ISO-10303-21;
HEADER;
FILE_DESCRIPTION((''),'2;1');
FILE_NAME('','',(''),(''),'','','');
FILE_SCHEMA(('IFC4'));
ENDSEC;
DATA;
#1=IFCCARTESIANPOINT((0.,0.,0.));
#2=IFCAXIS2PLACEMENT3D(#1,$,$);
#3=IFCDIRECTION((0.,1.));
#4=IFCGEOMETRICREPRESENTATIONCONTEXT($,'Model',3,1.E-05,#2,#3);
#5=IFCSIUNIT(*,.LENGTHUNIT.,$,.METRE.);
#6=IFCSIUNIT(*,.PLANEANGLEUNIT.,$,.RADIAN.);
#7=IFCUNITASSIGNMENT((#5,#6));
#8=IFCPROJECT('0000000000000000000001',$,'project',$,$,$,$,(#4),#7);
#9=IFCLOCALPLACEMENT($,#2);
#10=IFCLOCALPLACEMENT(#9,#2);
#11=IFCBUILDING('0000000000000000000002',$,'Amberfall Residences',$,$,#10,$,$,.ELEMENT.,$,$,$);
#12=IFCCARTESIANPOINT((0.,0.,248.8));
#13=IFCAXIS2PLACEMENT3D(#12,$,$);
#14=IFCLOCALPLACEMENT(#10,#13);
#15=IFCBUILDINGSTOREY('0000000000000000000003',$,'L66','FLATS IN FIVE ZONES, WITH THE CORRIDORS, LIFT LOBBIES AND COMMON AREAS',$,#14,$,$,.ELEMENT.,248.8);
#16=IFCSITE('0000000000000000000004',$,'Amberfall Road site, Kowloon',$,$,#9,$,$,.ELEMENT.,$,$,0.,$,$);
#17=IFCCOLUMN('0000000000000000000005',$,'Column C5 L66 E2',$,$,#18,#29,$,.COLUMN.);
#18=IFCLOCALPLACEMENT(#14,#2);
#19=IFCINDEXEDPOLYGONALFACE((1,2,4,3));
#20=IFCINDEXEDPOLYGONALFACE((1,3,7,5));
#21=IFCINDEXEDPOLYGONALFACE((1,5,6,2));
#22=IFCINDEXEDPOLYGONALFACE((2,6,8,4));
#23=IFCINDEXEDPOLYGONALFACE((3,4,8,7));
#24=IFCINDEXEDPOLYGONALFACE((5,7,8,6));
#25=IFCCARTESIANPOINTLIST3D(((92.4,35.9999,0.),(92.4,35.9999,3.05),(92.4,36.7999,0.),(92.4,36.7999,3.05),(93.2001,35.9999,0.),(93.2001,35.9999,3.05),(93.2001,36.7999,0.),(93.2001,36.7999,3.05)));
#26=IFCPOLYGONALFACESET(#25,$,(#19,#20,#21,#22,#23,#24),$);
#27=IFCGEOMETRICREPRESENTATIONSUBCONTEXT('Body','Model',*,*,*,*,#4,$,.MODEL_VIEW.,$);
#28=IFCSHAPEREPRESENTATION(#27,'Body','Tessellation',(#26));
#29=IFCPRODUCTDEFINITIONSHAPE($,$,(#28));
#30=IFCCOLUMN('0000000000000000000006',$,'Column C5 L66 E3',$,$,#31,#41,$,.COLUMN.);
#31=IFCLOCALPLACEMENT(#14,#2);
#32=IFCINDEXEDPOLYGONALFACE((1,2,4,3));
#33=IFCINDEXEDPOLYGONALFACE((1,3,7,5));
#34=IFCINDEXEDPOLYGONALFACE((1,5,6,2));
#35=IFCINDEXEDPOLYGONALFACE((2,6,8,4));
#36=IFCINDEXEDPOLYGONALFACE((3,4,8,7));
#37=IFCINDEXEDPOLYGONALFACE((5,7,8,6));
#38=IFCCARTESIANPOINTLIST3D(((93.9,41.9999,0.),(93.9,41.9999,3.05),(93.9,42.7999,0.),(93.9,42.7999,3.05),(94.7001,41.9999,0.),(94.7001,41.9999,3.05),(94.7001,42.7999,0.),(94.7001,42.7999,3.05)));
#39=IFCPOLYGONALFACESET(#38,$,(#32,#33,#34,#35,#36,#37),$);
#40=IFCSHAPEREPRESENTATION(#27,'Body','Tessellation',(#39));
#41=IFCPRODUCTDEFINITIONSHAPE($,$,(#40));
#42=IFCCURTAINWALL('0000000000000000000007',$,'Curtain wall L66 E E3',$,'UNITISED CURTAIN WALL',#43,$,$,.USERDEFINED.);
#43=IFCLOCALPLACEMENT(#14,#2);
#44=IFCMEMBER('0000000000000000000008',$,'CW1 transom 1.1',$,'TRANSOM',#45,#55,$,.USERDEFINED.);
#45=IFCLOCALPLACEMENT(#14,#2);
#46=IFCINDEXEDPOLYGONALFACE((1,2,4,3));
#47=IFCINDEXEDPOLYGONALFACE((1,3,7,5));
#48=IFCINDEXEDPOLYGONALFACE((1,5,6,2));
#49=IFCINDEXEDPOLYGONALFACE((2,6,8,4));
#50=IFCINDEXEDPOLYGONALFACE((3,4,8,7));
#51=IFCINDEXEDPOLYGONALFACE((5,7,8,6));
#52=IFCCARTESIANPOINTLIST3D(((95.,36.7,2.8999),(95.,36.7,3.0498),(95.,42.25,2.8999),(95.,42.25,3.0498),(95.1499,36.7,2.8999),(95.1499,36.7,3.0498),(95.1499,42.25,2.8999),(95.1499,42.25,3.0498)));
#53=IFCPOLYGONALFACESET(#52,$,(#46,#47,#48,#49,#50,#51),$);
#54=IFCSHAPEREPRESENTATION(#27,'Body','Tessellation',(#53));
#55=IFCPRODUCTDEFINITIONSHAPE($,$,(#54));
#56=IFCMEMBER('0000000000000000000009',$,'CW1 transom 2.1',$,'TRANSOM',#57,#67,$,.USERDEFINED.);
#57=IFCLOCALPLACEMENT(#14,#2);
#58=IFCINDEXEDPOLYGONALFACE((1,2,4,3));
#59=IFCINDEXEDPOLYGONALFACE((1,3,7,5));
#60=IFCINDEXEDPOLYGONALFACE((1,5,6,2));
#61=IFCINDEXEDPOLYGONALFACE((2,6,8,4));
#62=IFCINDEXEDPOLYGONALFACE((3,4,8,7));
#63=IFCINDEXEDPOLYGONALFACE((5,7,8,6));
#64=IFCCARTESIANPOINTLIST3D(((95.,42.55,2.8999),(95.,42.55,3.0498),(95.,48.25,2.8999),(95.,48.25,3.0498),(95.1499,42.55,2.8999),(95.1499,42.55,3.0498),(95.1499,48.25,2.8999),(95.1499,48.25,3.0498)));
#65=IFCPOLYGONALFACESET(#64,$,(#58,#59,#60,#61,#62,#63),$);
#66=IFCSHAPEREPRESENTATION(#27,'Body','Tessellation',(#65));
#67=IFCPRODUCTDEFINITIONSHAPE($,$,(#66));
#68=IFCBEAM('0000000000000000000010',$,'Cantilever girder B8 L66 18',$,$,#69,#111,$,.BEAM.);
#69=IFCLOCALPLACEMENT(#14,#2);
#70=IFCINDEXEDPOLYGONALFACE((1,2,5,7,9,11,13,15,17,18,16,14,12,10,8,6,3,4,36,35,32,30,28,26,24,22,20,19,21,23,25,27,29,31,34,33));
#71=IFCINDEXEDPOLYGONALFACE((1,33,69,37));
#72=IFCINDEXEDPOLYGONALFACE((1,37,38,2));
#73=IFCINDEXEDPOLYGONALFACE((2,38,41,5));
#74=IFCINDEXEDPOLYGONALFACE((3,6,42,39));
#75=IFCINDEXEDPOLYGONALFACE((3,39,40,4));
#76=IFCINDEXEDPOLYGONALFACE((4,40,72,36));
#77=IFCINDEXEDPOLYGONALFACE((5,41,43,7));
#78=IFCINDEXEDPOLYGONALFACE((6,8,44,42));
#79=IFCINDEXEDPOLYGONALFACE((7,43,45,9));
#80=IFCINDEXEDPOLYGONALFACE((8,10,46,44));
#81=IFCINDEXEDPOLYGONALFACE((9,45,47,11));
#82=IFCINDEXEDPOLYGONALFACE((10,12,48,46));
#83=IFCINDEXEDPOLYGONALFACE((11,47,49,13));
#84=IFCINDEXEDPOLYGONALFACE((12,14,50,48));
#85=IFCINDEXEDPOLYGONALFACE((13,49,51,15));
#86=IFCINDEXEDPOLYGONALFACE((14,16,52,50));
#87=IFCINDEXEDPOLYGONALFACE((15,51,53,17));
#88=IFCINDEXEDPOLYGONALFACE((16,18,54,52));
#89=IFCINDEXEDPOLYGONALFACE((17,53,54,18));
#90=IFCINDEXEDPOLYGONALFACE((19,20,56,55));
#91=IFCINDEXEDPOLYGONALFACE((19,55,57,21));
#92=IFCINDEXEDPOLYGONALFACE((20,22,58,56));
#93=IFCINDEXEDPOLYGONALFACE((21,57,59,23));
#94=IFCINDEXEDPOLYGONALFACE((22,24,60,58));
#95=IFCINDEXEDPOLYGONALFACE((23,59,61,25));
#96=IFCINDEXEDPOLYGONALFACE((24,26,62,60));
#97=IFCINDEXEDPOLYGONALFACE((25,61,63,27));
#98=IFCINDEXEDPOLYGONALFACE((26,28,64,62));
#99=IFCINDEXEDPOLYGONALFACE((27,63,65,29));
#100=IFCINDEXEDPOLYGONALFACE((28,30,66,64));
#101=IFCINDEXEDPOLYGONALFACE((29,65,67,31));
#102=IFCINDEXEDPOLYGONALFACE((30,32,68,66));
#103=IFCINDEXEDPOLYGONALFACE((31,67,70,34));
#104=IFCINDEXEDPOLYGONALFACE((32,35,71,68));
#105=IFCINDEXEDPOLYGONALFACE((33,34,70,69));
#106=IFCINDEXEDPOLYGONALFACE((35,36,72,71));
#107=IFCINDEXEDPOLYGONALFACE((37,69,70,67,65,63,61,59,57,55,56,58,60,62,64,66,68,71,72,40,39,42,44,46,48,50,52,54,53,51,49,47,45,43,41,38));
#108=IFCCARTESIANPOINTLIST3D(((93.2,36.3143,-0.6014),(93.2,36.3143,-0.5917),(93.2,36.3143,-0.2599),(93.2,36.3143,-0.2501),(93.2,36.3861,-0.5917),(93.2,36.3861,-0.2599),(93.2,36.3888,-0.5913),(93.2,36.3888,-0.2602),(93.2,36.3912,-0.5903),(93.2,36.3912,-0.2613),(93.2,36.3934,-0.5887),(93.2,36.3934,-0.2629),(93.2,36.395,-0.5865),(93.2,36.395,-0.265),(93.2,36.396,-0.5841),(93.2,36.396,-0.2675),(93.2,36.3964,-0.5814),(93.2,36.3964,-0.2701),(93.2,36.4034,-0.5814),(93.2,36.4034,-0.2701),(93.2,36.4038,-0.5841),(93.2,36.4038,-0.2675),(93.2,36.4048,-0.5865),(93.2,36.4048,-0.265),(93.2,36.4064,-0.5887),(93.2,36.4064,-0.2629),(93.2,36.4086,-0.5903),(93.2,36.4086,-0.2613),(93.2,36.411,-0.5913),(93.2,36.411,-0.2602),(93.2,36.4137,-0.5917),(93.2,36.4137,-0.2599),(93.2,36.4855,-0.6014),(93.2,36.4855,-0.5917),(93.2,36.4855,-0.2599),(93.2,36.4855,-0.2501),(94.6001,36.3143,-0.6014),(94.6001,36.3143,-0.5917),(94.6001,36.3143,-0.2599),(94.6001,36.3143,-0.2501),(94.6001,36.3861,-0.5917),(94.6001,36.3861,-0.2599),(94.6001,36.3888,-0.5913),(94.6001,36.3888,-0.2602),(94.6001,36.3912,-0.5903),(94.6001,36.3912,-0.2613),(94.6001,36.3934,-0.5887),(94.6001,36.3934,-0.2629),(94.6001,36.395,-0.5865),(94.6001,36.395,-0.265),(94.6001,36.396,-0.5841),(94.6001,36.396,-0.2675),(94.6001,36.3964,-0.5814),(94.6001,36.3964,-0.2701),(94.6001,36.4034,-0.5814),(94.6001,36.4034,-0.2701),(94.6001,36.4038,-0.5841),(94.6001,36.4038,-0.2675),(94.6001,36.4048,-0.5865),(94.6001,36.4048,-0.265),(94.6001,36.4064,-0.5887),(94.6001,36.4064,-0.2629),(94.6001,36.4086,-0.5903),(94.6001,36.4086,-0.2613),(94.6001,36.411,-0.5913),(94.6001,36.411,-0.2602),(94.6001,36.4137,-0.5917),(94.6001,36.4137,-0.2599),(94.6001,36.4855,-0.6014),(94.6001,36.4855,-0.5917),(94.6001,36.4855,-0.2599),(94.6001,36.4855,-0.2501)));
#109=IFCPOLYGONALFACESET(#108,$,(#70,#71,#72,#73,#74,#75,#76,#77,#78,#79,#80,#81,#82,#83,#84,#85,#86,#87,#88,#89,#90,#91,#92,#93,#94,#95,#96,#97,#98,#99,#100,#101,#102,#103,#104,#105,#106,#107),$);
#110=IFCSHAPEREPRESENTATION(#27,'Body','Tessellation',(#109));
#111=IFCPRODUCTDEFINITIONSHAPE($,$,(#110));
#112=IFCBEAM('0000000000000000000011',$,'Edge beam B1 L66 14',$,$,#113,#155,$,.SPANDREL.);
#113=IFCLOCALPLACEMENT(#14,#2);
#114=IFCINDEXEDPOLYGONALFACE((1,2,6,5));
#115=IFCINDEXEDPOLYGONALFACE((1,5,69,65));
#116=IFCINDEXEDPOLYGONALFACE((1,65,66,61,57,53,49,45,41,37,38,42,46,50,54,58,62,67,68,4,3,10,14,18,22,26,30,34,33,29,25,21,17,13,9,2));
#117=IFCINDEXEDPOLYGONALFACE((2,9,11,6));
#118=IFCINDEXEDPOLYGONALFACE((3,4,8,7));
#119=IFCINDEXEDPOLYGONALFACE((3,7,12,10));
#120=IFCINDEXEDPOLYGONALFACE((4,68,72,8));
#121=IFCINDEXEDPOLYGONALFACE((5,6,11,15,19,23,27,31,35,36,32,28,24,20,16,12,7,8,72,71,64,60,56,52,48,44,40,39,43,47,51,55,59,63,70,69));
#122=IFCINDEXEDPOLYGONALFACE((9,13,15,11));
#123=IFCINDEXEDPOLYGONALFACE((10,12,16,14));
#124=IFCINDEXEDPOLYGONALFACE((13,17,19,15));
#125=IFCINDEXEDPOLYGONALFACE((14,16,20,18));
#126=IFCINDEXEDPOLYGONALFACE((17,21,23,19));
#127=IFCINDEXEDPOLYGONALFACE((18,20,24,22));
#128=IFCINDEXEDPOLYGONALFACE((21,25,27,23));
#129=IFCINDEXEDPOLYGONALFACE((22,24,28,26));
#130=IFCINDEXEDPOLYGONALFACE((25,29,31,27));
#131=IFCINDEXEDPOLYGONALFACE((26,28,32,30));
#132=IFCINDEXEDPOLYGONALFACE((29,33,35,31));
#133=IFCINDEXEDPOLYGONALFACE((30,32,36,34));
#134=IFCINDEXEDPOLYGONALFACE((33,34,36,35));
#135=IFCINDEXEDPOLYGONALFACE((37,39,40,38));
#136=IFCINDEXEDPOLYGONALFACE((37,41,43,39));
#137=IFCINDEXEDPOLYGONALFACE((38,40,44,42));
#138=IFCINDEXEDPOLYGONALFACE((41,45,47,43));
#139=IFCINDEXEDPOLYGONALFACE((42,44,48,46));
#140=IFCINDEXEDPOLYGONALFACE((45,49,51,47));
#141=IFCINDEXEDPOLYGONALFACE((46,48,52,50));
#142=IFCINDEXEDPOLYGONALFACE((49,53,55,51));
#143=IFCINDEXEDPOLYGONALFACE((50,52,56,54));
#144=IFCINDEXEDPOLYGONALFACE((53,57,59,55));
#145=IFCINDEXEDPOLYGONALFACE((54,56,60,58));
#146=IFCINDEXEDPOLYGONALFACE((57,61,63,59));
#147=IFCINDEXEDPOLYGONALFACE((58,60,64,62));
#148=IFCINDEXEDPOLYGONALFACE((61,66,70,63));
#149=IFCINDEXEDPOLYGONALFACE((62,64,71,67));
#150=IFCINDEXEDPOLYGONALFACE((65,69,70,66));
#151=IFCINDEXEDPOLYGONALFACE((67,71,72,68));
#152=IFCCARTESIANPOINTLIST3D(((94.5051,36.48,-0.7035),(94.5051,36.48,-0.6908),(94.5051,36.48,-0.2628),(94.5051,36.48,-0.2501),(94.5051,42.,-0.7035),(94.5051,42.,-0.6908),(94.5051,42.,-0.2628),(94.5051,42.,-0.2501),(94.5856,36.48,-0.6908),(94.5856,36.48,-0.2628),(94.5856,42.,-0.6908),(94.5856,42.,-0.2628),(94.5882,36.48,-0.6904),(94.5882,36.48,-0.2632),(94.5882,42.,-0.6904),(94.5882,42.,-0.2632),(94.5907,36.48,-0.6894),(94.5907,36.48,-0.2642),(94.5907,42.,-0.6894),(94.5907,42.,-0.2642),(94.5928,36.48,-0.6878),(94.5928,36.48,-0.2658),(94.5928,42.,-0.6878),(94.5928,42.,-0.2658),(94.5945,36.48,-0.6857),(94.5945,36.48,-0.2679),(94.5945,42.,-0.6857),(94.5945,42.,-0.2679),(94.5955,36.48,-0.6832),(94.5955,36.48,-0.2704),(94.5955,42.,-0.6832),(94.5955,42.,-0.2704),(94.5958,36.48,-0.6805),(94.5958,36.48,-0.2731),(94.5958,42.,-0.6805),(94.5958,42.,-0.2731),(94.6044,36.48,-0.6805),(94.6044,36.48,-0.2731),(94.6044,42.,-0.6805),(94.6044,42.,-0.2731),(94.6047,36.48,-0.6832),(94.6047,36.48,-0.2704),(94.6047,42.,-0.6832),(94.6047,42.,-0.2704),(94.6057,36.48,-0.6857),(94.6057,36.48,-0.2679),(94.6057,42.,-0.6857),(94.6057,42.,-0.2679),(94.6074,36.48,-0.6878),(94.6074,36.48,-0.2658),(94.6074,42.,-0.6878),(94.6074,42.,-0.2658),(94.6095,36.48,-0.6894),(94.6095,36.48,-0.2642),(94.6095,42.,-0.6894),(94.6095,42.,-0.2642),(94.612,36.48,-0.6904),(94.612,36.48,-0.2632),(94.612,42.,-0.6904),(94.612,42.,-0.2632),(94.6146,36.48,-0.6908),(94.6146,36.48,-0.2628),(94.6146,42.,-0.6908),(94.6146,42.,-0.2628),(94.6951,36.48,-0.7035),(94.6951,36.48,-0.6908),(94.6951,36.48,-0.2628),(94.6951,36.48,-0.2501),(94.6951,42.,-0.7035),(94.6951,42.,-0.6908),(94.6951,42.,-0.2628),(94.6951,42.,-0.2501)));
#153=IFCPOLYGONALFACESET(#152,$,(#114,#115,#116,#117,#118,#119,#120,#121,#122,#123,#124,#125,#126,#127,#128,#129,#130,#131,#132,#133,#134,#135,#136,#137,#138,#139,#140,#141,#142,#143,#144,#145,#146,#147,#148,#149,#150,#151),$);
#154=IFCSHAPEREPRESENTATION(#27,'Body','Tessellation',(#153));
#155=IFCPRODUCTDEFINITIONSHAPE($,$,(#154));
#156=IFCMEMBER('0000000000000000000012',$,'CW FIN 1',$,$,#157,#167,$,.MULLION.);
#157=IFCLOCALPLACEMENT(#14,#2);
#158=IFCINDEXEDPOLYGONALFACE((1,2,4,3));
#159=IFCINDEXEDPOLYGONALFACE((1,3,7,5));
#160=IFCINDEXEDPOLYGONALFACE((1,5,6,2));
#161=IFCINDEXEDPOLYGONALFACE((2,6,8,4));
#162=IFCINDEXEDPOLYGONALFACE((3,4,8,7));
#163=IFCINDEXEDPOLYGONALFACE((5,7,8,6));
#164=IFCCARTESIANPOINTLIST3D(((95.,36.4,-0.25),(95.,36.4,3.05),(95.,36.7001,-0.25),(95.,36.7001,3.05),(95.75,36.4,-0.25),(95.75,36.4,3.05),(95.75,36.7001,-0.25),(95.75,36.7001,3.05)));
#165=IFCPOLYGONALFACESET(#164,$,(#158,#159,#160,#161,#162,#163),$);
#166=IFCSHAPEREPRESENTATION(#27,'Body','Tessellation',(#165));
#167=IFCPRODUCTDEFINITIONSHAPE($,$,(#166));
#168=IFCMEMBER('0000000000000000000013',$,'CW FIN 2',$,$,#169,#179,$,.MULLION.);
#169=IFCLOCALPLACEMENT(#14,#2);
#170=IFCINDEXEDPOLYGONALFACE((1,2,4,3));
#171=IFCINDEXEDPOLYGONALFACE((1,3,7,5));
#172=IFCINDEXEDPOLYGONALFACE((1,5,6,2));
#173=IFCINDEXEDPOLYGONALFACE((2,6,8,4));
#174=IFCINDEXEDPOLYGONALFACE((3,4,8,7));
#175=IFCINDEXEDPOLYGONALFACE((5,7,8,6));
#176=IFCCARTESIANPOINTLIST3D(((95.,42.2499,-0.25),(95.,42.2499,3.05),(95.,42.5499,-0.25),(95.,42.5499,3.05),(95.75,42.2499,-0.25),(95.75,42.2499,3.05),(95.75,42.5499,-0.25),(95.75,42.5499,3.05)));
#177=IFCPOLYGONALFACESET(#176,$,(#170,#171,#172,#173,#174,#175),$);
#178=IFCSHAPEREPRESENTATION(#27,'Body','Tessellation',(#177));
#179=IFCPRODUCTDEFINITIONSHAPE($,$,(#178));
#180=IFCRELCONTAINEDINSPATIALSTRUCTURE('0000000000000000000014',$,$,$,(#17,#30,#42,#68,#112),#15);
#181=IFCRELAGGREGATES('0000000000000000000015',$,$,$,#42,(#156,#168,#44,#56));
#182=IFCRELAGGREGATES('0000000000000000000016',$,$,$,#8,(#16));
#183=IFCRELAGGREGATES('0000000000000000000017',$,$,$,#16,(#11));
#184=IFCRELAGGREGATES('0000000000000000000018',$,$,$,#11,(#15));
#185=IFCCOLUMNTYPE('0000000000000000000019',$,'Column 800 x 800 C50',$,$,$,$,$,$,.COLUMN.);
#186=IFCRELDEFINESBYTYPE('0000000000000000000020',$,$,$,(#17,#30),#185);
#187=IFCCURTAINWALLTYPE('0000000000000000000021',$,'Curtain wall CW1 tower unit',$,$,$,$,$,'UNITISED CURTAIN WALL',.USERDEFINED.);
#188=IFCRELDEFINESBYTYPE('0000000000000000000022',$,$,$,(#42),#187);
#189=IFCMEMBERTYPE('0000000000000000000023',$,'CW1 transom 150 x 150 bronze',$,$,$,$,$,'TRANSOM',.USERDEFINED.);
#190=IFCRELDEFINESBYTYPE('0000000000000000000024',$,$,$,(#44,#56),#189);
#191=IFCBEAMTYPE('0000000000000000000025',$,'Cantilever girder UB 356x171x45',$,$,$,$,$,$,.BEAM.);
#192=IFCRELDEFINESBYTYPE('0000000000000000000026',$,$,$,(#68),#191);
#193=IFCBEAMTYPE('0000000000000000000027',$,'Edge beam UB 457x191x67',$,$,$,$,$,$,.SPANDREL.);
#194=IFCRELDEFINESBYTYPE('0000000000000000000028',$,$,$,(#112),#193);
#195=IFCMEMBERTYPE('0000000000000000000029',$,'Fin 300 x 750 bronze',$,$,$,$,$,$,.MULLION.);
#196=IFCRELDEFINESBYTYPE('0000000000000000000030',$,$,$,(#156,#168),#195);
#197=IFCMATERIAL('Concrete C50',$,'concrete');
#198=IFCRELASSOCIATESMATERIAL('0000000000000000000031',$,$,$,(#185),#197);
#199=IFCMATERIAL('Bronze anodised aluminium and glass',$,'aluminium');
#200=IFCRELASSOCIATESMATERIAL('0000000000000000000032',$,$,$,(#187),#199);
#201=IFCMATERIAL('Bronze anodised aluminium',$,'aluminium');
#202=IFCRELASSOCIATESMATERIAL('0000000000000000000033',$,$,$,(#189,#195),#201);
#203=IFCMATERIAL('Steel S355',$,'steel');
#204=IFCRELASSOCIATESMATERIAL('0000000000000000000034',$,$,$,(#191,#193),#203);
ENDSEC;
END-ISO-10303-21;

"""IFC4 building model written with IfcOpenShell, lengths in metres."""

from ifc_helpers import new_model, si_unit, direction, frame, origin, origin_2d, place, context, subcontext, project, spatial, rectangle, i_section, extrude, material, material_profile, profile_set, type_object, element, aggregate, save


model = new_model("IFC4")

# Units and contexts
model_context = context("Model", 3, precision=1e-05, world=origin(), true_north=direction((0.0, 1.0)))
body_context = subcontext(model_context, "Body", "Model", "MODEL_VIEW")
ifc_project = project(units=[si_unit("LENGTHUNIT", "METRE"), si_unit("PLANEANGLEUNIT", "RADIAN")], contexts=[model_context])

# Site, building, storey
site_placement = place(None, origin())
site = spatial("IfcSite", under=ifc_project, at=site_placement, Name="Amberfall Road site, Kowloon", CompositionType="ELEMENT", RefElevation=0.0)
building_placement = place(site_placement, origin())
building = spatial("IfcBuilding", under=site, at=building_placement, Name="Amberfall Residences", CompositionType="ELEMENT")
storey_placement = place(building_placement, frame((0.0, 0.0, 248.8)))
storey = spatial("IfcBuildingStorey", under=building, at=storey_placement, Name="L66", Description="FLATS IN FIVE ZONES, WITH THE CORRIDORS, LIFT LOBBIES AND COMMON AREAS", CompositionType="ELEMENT", Elevation=248.8)

# Columns
ifc_material_1 = material(Name="Concrete C50", Category="concrete")
ifc_material_profile_1 = material_profile(ifc_material_1, rectangle(XDim=0.8, YDim=0.8, at=origin_2d()), Name="Column 800 x 800 C50")
ifc_profile_set_1 = profile_set([ifc_material_profile_1], Name="Concrete C50")
column_type = type_object("IfcColumnType", Name="Column 800 x 800 C50", PredefinedType="COLUMN", material=ifc_profile_set_1)
for number, where, z_axis, x_axis, name in (
    (1, (92.8, 36.3999, 0.0), (0.0, 0.0, 1.0), (1.0, 0.0, 0.0), "Column C5 L66 E2"),
    (2, (94.3, 42.3999, 0.0), (0.0, 0.0, 1.0), (1.0, 0.0, 0.0), "Column C5 L66 E3"),
):
    element("IfcColumn", number, at=place(storey_placement, frame(where, z_axis=z_axis, x_axis=x_axis)), inside=storey, type_object=column_type, Name=name, PredefinedType="COLUMN", context=body_context, shape_type="SweptSolid", body=[
        extrude(rectangle(XDim=0.8, YDim=0.8, at=origin_2d()), origin(), (0.0, 0.0, 1.0), 3.05),
    ])

# Curtain wall, members
ifc_material_2 = material(Name="Bronze anodised aluminium and glass", Category="aluminium")
curtain_wall_type = type_object("IfcCurtainWallType", Name="Curtain wall CW1 tower unit", ElementType="UNITISED CURTAIN WALL", PredefinedType="USERDEFINED", material=ifc_material_2)
curtain_wall_placement = place(storey_placement, origin())
curtain_wall = element("IfcCurtainWall", 3, at=curtain_wall_placement, inside=storey, type_object=curtain_wall_type, Name="Curtain wall L66 E E3", ObjectType="UNITISED CURTAIN WALL", PredefinedType="USERDEFINED")
ifc_material_3 = material(Name="Bronze anodised aluminium", Category="aluminium")
ifc_material_profile_2 = material_profile(ifc_material_3, rectangle(XDim=0.1499, YDim=0.1499, at=origin_2d()), Name="CW1 transom 150 x 150 bronze")
ifc_profile_set_2 = profile_set([ifc_material_profile_2], Name="Bronze anodised aluminium")
member_type_1 = type_object("IfcMemberType", Name="CW1 transom 150 x 150 bronze", ElementType="TRANSOM", PredefinedType="USERDEFINED", material=ifc_profile_set_2)
member_1_placement = place(storey_placement, frame((95.075, 36.7, 2.9749), z_axis=(0.0, 1.0, 0.0), x_axis=(-1.0, 0.0, 0.0)))
member_1 = element("IfcMember", 4, at=member_1_placement, type_object=member_type_1, Name="CW1 transom 1.1", ObjectType="TRANSOM", PredefinedType="USERDEFINED", context=body_context, shape_type="SweptSolid", body=[
    extrude(rectangle(XDim=0.1499, YDim=0.1499, at=origin_2d()), origin(), (0.0, 0.0, 1.0), 5.55),
])
member_2_placement = place(storey_placement, frame((95.075, 42.55, 2.9749), z_axis=(0.0, 1.0, 0.0), x_axis=(-1.0, 0.0, 0.0)))
member_2 = element("IfcMember", 5, at=member_2_placement, type_object=member_type_1, Name="CW1 transom 2.1", ObjectType="TRANSOM", PredefinedType="USERDEFINED", context=body_context, shape_type="SweptSolid", body=[
    extrude(rectangle(XDim=0.1499, YDim=0.1499, at=origin_2d()), origin(), (0.0, 0.0, 1.0), 5.7),
])

# Beams
ifc_material_4 = material(Name="Steel S355", Category="steel")
ifc_material_profile_3 = material_profile(ifc_material_4, i_section(OverallWidth=0.1711, OverallDepth=0.3513, WebThickness=0.0071, FlangeThickness=0.0098, FilletRadius=0.0103, at=origin_2d()), Name="UB 356x171x45")
ifc_profile_set_3 = profile_set([ifc_material_profile_3], Name="Steel S355")
beam_type_1 = type_object("IfcBeamType", Name="Cantilever girder UB 356x171x45", PredefinedType="BEAM", material=ifc_profile_set_3)
beam_1_placement = place(storey_placement, frame((93.2, 36.3999, -0.4258), z_axis=(1.0, 0.0, 0.0), x_axis=(0.0, 1.0, 0.0)))
element("IfcBeam", 6, at=beam_1_placement, inside=storey, type_object=beam_type_1, Name="Cantilever girder B8 L66 18", PredefinedType="BEAM", context=body_context, shape_type="SweptSolid", body=[
    extrude(i_section(OverallWidth=0.1711, OverallDepth=0.3513, WebThickness=0.0071, FlangeThickness=0.0098, FilletRadius=0.0103, at=origin_2d()), origin(), (0.0, 0.0, 1.0), 1.4001),
])
ifc_material_profile_4 = material_profile(ifc_material_4, i_section(OverallWidth=0.1899, OverallDepth=0.4534, WebThickness=0.0085, FlangeThickness=0.0127, FilletRadius=0.0103, at=origin_2d()), Name="UB 457x191x67")
ifc_profile_set_4 = profile_set([ifc_material_profile_4], Name="Steel S355")
beam_type_2 = type_object("IfcBeamType", Name="Edge beam UB 457x191x67", PredefinedType="SPANDREL", material=ifc_profile_set_4)
beam_2_placement = place(storey_placement, frame((94.6001, 36.48, -0.4768), z_axis=(0.0, 1.0, 0.0), x_axis=(-1.0, 0.0, 0.0)))
element("IfcBeam", 7, at=beam_2_placement, inside=storey, type_object=beam_type_2, Name="Edge beam B1 L66 14", PredefinedType="SPANDREL", context=body_context, shape_type="SweptSolid", body=[
    extrude(i_section(OverallWidth=0.1899, OverallDepth=0.4534, WebThickness=0.0085, FlangeThickness=0.0127, FilletRadius=0.0103, at=origin_2d()), origin(), (0.0, 0.0, 1.0), 5.52),
])

# Members
ifc_material_profile_5 = material_profile(ifc_material_3, rectangle(XDim=0.75, YDim=0.3, at=origin_2d()), Name="Fin 300 x 750 bronze")
ifc_profile_set_5 = profile_set([ifc_material_profile_5], Name="Bronze anodised aluminium")
member_type_2 = type_object("IfcMemberType", Name="Fin 300 x 750 bronze", PredefinedType="MULLION", material=ifc_profile_set_5)
member_3_placement = place(storey_placement, frame((95.375, 36.55, -0.25), z_axis=(0.0, 0.0, 1.0), x_axis=(-1.0, 0.0, 0.0)))
member_3 = element("IfcMember", 8, at=member_3_placement, type_object=member_type_2, Name="CW FIN 1", PredefinedType="MULLION", context=body_context, shape_type="SweptSolid", body=[
    extrude(rectangle(XDim=0.75, YDim=0.3, at=origin_2d()), origin(), (0.0, 0.0, 1.0), 3.3),
])
member_4_placement = place(storey_placement, frame((95.375, 42.3999, -0.25), z_axis=(0.0, 0.0, 1.0), x_axis=(-1.0, 0.0, 0.0)))
member_4 = element("IfcMember", 9, at=member_4_placement, type_object=member_type_2, Name="CW FIN 2", PredefinedType="MULLION", context=body_context, shape_type="SweptSolid", body=[
    extrude(rectangle(XDim=0.75, YDim=0.3, at=origin_2d()), origin(), (0.0, 0.0, 1.0), 3.3),
])

aggregate(curtain_wall, [member_3, member_4, member_1, member_2])

save(model, "model.ifc")
